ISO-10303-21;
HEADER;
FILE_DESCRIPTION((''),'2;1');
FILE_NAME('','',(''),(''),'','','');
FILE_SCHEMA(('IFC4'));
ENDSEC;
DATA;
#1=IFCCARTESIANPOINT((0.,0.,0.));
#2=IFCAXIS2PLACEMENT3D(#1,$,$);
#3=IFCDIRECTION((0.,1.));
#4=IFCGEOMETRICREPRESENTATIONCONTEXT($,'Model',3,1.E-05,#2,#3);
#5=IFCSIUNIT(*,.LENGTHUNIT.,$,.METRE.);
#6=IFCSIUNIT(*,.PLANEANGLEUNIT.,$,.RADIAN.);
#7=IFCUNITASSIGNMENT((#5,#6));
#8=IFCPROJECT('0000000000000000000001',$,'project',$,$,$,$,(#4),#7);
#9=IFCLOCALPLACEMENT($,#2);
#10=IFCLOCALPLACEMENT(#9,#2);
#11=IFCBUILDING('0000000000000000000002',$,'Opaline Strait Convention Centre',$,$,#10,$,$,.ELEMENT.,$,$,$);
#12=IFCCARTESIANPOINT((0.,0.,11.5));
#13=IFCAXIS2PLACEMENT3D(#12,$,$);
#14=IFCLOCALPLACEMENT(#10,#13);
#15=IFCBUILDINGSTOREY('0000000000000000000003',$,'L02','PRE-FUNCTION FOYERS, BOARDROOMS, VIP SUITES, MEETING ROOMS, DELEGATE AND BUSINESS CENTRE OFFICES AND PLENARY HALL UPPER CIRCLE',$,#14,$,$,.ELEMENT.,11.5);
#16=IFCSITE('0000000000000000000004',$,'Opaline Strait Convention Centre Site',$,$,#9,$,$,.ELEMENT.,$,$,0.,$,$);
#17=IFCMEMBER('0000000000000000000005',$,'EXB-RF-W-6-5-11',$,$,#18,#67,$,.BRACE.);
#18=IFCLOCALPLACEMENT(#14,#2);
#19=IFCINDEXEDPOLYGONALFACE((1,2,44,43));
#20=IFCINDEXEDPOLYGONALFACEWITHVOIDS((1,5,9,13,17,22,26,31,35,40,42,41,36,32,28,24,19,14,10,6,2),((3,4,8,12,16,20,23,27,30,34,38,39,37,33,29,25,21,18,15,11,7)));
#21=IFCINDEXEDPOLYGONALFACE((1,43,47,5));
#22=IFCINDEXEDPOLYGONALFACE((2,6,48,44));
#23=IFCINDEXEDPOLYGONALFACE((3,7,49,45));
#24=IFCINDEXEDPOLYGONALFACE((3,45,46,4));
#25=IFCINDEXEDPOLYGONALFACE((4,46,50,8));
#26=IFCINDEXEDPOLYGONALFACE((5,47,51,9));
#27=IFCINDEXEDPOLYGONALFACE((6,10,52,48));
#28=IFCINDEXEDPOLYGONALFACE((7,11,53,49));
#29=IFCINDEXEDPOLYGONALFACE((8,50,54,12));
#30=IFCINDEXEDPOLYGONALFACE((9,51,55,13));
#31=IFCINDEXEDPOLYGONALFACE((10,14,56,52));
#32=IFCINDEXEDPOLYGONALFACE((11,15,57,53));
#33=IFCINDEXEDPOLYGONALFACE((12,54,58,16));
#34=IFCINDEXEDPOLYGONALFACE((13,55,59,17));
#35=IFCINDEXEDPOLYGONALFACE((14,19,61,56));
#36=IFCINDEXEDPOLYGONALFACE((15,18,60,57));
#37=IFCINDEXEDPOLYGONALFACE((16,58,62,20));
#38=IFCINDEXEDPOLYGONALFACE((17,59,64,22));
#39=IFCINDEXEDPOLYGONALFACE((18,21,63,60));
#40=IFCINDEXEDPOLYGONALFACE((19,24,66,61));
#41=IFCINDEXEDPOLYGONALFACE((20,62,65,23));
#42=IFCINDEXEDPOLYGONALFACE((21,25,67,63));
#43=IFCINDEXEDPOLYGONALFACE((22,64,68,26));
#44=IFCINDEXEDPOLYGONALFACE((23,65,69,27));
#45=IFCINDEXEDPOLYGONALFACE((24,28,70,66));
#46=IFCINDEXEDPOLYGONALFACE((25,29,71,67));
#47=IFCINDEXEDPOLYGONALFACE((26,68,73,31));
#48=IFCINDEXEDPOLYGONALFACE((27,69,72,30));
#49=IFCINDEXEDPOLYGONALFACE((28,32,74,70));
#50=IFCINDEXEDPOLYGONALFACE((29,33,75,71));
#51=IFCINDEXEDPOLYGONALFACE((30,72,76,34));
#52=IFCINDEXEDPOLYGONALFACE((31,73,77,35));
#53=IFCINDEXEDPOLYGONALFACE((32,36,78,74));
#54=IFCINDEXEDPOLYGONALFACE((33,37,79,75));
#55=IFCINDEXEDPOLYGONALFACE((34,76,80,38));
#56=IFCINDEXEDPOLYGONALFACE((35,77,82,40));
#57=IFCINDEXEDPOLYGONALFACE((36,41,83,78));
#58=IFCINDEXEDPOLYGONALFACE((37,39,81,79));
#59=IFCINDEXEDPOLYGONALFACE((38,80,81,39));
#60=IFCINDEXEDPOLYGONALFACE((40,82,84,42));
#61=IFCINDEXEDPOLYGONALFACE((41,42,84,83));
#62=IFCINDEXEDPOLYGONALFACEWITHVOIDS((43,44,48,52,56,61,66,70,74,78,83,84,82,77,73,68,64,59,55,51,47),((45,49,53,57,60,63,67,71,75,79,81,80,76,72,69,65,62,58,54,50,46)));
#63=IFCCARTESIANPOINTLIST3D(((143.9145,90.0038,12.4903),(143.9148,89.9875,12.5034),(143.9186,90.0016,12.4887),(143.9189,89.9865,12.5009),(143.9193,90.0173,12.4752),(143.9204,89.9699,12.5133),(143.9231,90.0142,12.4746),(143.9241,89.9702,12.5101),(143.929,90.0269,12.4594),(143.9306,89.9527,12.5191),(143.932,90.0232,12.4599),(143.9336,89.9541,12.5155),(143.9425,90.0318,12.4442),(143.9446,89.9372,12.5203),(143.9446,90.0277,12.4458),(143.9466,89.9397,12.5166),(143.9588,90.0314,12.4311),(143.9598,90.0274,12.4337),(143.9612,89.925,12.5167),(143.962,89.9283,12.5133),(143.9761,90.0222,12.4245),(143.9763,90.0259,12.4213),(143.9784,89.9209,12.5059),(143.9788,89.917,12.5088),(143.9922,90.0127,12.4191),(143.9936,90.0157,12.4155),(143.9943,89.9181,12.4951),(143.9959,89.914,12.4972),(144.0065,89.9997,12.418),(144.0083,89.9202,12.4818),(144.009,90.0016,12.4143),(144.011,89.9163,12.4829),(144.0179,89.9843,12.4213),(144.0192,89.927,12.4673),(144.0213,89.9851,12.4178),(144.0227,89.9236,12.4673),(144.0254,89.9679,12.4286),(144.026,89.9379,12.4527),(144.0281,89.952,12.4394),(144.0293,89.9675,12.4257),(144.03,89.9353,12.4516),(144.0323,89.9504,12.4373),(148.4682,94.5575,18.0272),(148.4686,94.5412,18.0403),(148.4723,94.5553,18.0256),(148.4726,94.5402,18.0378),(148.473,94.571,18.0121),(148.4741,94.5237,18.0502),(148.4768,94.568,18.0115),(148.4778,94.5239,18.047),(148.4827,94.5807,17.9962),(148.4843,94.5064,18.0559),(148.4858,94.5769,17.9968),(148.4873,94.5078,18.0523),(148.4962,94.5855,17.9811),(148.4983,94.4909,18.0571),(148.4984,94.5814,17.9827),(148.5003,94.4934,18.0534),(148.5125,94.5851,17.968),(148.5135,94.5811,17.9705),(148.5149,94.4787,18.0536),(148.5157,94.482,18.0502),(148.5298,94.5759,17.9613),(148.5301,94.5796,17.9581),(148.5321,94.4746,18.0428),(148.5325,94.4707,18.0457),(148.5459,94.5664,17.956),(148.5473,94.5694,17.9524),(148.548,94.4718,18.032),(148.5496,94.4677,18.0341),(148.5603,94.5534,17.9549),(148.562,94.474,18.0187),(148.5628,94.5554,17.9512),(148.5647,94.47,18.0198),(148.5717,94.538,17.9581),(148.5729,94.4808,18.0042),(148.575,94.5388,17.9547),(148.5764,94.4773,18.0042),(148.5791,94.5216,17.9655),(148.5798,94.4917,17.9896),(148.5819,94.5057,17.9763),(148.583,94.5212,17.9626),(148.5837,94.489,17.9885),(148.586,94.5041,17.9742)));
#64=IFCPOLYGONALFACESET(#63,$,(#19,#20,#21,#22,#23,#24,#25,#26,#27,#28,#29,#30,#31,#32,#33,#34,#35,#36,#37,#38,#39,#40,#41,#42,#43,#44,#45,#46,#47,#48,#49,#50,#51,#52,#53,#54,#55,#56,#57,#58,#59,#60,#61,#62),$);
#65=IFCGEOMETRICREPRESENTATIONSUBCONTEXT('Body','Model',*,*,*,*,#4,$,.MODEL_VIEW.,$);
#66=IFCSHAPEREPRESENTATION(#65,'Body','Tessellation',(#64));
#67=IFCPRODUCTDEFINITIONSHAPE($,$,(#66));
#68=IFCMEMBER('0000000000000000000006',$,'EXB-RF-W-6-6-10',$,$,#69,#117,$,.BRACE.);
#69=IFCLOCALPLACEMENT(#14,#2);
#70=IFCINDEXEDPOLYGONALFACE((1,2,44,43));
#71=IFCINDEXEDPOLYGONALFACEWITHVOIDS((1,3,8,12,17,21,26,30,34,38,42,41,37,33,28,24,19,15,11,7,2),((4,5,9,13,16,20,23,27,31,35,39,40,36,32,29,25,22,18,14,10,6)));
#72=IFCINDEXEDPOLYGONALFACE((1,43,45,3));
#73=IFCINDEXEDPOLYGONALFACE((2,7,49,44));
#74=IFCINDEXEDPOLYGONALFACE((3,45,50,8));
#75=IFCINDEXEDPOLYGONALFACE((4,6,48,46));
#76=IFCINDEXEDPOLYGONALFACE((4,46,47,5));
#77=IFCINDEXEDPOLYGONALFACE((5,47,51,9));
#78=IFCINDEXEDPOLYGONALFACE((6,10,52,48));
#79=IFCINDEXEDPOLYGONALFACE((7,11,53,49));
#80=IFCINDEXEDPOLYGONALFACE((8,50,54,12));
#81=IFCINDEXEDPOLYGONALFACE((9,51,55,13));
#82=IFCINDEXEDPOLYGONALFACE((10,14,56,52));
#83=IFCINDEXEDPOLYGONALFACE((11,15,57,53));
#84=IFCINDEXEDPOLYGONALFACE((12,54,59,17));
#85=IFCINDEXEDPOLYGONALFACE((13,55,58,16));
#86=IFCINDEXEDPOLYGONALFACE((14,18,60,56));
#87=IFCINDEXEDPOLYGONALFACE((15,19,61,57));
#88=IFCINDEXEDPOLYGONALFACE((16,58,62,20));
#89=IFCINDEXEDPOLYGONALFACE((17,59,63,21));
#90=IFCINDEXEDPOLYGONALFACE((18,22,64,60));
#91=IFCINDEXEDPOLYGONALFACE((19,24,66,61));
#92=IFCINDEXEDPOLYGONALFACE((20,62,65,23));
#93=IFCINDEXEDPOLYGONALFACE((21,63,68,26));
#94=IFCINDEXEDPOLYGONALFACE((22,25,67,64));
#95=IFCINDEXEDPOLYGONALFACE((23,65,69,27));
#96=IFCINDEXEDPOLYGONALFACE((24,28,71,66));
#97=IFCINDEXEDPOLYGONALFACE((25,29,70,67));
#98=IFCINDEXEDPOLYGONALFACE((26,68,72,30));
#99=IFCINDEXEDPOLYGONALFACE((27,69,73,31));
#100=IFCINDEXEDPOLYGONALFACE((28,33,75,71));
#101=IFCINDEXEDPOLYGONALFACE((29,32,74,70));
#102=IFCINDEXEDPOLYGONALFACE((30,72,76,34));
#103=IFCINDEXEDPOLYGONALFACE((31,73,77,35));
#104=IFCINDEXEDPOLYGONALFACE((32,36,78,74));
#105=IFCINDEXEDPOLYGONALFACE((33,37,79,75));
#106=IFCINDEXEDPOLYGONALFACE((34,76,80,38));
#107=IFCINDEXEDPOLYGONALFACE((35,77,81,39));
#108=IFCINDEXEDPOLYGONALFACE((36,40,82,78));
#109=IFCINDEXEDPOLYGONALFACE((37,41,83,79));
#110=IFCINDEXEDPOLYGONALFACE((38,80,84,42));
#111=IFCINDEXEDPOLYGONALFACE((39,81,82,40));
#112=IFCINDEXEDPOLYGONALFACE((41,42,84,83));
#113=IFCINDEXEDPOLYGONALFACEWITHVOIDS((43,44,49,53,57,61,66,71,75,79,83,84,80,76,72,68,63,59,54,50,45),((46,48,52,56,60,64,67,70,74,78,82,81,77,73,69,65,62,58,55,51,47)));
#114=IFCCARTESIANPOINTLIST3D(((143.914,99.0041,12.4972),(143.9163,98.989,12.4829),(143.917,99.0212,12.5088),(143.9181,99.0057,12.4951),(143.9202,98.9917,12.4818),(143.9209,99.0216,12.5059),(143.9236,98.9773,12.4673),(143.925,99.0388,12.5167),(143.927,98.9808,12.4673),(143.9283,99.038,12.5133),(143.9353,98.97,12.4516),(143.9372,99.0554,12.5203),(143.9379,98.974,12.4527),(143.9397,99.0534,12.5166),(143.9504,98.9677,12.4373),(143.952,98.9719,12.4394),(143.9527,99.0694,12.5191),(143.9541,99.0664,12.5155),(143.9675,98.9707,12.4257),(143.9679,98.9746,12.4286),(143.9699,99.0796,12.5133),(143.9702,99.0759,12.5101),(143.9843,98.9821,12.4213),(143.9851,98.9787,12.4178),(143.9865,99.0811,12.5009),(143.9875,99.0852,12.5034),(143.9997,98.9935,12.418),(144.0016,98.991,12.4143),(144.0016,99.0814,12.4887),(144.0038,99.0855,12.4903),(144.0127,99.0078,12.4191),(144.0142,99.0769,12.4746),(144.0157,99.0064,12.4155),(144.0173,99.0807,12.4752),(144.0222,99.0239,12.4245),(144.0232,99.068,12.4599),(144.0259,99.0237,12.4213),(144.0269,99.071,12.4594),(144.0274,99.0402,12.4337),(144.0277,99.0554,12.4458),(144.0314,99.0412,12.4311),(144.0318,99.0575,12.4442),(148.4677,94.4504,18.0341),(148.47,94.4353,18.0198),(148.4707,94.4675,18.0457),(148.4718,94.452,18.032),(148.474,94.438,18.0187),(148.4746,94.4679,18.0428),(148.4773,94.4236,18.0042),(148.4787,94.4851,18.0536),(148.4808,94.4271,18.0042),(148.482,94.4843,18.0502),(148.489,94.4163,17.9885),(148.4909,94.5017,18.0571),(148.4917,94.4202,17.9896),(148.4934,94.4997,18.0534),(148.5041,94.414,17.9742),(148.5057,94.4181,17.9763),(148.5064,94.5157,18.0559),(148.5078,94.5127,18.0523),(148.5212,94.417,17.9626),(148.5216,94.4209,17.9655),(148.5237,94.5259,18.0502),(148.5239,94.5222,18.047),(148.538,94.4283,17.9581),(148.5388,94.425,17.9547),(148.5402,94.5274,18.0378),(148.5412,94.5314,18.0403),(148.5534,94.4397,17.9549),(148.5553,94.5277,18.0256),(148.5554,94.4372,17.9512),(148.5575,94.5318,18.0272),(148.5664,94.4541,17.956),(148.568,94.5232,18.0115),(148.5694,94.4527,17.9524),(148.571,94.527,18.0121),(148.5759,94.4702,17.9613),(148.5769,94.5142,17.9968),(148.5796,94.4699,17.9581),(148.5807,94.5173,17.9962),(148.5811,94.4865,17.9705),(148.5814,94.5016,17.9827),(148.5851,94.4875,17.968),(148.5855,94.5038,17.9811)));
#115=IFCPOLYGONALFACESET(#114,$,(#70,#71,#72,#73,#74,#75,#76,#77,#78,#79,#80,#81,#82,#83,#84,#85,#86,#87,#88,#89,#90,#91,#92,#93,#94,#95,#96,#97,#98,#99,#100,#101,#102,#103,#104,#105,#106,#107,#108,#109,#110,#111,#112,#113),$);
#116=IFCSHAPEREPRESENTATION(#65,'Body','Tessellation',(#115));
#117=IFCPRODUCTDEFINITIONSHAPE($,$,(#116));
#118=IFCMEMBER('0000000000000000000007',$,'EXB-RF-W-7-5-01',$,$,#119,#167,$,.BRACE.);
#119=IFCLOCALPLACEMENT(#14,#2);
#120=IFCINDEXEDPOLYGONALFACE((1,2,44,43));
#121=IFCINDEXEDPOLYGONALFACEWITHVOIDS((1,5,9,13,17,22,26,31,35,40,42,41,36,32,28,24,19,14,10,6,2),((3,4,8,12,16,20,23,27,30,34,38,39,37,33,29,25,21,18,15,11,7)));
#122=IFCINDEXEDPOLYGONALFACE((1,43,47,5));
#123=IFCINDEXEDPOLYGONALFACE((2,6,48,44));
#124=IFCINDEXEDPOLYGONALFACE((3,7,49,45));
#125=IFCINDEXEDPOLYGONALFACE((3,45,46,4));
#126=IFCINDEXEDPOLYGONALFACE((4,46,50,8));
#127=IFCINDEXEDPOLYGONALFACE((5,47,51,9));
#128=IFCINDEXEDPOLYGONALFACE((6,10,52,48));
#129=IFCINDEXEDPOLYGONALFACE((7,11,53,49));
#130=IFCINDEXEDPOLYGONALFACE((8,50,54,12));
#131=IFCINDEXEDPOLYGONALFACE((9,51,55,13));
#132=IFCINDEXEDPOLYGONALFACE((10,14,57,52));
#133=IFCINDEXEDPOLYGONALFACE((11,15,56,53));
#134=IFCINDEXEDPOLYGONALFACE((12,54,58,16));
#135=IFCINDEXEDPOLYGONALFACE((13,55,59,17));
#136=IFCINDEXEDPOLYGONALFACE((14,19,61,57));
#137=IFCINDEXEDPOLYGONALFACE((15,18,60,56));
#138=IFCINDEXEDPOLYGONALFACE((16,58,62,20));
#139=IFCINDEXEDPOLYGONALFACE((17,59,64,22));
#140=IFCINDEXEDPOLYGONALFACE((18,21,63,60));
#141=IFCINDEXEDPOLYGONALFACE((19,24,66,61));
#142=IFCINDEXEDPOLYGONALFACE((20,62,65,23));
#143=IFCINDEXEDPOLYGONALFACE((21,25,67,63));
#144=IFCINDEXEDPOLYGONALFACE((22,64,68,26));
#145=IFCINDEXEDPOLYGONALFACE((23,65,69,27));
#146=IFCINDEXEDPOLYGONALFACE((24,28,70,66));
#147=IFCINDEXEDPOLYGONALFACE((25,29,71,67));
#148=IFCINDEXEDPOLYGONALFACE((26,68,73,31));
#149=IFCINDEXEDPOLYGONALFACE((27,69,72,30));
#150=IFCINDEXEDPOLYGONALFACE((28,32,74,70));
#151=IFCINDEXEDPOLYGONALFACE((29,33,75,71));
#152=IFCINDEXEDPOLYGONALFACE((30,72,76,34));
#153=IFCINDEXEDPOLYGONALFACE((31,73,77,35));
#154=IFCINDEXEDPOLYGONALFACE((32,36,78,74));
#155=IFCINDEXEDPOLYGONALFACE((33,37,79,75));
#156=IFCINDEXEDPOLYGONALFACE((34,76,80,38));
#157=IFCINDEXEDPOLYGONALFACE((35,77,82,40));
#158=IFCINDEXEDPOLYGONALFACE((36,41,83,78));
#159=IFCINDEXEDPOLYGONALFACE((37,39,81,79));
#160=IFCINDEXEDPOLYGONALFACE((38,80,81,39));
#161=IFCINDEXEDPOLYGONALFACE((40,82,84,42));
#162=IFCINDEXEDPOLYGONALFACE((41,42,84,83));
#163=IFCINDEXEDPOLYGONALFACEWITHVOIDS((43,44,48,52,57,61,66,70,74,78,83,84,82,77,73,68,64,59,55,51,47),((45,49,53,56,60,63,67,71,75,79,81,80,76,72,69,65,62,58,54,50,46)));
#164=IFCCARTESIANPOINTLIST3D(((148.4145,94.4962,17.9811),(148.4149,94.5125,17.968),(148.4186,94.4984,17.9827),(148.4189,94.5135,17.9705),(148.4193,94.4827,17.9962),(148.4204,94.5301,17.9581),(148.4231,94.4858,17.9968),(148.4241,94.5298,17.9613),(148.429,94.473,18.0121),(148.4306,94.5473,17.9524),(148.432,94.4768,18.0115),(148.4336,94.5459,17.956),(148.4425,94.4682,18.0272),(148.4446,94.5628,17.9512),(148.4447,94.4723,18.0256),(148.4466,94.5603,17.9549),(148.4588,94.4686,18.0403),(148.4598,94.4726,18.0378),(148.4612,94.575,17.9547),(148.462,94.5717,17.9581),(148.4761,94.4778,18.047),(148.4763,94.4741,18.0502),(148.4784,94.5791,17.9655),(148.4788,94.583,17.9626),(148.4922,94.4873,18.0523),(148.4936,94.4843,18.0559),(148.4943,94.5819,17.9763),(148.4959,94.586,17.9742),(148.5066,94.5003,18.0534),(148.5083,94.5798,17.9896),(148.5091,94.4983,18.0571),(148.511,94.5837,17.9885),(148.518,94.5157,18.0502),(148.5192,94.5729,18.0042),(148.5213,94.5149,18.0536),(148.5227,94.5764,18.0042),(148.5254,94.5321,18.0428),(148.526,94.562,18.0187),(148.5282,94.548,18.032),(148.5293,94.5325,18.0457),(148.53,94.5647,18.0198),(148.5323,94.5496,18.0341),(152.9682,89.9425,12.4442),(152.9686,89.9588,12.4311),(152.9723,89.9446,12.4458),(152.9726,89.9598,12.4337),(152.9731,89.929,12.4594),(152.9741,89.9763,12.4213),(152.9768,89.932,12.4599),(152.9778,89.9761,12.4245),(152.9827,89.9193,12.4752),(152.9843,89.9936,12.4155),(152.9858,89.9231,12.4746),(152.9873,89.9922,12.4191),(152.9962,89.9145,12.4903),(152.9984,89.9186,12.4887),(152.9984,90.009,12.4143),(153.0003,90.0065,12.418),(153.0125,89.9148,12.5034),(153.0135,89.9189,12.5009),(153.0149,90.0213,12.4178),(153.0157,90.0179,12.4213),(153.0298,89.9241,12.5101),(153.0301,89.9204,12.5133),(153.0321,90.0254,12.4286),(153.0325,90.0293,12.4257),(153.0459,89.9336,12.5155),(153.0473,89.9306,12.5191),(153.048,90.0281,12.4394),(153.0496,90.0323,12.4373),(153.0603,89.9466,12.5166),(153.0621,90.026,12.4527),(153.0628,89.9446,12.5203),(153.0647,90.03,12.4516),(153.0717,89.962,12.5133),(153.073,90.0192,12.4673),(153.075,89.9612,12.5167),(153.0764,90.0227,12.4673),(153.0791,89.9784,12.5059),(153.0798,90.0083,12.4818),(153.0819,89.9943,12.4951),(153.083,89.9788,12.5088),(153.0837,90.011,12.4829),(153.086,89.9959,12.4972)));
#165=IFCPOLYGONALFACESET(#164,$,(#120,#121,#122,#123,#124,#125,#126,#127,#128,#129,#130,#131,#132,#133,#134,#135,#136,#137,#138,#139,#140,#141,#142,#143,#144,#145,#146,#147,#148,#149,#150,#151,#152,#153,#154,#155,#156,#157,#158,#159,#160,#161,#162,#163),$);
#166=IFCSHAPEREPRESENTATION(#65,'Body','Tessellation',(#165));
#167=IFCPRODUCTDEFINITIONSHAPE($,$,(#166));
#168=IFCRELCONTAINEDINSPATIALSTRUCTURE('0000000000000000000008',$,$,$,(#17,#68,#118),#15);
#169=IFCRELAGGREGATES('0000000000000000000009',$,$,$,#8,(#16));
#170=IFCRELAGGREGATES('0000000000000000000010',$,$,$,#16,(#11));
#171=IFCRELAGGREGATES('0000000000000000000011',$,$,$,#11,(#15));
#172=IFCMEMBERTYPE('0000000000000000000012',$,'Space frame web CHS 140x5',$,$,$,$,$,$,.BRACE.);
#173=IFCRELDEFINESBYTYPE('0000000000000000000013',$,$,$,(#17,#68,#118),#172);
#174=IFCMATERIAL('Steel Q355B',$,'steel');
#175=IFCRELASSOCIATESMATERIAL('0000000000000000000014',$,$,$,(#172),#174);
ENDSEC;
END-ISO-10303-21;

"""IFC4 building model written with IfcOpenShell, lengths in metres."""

from ifc_helpers import new_model, si_unit, direction, frame, origin, origin_2d, place, context, subcontext, project, spatial, hollow_circle, extrude, material, material_profile, profile_set, type_object, element, save


model = new_model("IFC4")

# Units and contexts
model_context = context("Model", 3, precision=1e-05, world=origin(), true_north=direction((0.0, 1.0)))
body_context = subcontext(model_context, "Body", "Model", "MODEL_VIEW")
ifc_project = project(units=[si_unit("LENGTHUNIT", "METRE"), si_unit("PLANEANGLEUNIT", "RADIAN")], contexts=[model_context])

# Site, building, storey
site_placement = place(None, origin())
site = spatial("IfcSite", under=ifc_project, at=site_placement, Name="Opaline Strait Convention Centre Site", CompositionType="ELEMENT", RefElevation=0.0)
building_placement = place(site_placement, origin())
building = spatial("IfcBuilding", under=site, at=building_placement, Name="Opaline Strait Convention Centre", CompositionType="ELEMENT")
storey_placement = place(building_placement, frame((0.0, 0.0, 11.5)))
storey = spatial("IfcBuildingStorey", under=building, at=storey_placement, Name="L02", Description="PRE-FUNCTION FOYERS, BOARDROOMS, VIP SUITES, MEETING ROOMS, DELEGATE AND BUSINESS CENTRE OFFICES AND PLENARY HALL UPPER CIRCLE", CompositionType="ELEMENT", Elevation=11.5)

# Members
ifc_material = material(Name="Steel Q355B", Category="steel")
ifc_material_profile_1 = material_profile(ifc_material, hollow_circle(Radius=0.0701, WallThickness=0.0049, at=origin_2d()), Name="CHS 140x5")
ifc_profile_set_1 = profile_set([ifc_material_profile_1], Name="Steel Q355B")
member_type_1 = type_object("IfcMemberType", Name="Space frame web CHS 140x5", PredefinedType="BRACE", material=ifc_profile_set_1)
for number, where, z_axis, x_axis, name in (
    (1, (148.5269, 94.5269, 18.0042), (-0.536178, -0.536178, -0.65194), (0.707107, -0.707107, 0.0), "EXB-RF-W-6-5-11"),
    (2, (148.5269, 94.4731, 18.0042), (-0.536178, 0.536178, -0.65194), (-0.707107, -0.707107, 0.0), "EXB-RF-W-6-6-10"),
    (3, (148.4731, 94.5269, 18.0042), (0.536178, -0.536178, -0.65194), (0.707107, 0.707107, 0.0), "EXB-RF-W-7-5-01"),
):
    element("IfcMember", number, at=place(storey_placement, frame(where, z_axis=z_axis, x_axis=x_axis)), inside=storey, type_object=member_type_1, Name=name, PredefinedType="BRACE", context=body_context, shape_type="SweptSolid", body=[
        extrude(hollow_circle(Radius=0.0701, WallThickness=0.0049, at=origin_2d()), origin(), (0.0, 0.0, 1.0), 8.4929),
    ])

save(model, "model.ifc")
